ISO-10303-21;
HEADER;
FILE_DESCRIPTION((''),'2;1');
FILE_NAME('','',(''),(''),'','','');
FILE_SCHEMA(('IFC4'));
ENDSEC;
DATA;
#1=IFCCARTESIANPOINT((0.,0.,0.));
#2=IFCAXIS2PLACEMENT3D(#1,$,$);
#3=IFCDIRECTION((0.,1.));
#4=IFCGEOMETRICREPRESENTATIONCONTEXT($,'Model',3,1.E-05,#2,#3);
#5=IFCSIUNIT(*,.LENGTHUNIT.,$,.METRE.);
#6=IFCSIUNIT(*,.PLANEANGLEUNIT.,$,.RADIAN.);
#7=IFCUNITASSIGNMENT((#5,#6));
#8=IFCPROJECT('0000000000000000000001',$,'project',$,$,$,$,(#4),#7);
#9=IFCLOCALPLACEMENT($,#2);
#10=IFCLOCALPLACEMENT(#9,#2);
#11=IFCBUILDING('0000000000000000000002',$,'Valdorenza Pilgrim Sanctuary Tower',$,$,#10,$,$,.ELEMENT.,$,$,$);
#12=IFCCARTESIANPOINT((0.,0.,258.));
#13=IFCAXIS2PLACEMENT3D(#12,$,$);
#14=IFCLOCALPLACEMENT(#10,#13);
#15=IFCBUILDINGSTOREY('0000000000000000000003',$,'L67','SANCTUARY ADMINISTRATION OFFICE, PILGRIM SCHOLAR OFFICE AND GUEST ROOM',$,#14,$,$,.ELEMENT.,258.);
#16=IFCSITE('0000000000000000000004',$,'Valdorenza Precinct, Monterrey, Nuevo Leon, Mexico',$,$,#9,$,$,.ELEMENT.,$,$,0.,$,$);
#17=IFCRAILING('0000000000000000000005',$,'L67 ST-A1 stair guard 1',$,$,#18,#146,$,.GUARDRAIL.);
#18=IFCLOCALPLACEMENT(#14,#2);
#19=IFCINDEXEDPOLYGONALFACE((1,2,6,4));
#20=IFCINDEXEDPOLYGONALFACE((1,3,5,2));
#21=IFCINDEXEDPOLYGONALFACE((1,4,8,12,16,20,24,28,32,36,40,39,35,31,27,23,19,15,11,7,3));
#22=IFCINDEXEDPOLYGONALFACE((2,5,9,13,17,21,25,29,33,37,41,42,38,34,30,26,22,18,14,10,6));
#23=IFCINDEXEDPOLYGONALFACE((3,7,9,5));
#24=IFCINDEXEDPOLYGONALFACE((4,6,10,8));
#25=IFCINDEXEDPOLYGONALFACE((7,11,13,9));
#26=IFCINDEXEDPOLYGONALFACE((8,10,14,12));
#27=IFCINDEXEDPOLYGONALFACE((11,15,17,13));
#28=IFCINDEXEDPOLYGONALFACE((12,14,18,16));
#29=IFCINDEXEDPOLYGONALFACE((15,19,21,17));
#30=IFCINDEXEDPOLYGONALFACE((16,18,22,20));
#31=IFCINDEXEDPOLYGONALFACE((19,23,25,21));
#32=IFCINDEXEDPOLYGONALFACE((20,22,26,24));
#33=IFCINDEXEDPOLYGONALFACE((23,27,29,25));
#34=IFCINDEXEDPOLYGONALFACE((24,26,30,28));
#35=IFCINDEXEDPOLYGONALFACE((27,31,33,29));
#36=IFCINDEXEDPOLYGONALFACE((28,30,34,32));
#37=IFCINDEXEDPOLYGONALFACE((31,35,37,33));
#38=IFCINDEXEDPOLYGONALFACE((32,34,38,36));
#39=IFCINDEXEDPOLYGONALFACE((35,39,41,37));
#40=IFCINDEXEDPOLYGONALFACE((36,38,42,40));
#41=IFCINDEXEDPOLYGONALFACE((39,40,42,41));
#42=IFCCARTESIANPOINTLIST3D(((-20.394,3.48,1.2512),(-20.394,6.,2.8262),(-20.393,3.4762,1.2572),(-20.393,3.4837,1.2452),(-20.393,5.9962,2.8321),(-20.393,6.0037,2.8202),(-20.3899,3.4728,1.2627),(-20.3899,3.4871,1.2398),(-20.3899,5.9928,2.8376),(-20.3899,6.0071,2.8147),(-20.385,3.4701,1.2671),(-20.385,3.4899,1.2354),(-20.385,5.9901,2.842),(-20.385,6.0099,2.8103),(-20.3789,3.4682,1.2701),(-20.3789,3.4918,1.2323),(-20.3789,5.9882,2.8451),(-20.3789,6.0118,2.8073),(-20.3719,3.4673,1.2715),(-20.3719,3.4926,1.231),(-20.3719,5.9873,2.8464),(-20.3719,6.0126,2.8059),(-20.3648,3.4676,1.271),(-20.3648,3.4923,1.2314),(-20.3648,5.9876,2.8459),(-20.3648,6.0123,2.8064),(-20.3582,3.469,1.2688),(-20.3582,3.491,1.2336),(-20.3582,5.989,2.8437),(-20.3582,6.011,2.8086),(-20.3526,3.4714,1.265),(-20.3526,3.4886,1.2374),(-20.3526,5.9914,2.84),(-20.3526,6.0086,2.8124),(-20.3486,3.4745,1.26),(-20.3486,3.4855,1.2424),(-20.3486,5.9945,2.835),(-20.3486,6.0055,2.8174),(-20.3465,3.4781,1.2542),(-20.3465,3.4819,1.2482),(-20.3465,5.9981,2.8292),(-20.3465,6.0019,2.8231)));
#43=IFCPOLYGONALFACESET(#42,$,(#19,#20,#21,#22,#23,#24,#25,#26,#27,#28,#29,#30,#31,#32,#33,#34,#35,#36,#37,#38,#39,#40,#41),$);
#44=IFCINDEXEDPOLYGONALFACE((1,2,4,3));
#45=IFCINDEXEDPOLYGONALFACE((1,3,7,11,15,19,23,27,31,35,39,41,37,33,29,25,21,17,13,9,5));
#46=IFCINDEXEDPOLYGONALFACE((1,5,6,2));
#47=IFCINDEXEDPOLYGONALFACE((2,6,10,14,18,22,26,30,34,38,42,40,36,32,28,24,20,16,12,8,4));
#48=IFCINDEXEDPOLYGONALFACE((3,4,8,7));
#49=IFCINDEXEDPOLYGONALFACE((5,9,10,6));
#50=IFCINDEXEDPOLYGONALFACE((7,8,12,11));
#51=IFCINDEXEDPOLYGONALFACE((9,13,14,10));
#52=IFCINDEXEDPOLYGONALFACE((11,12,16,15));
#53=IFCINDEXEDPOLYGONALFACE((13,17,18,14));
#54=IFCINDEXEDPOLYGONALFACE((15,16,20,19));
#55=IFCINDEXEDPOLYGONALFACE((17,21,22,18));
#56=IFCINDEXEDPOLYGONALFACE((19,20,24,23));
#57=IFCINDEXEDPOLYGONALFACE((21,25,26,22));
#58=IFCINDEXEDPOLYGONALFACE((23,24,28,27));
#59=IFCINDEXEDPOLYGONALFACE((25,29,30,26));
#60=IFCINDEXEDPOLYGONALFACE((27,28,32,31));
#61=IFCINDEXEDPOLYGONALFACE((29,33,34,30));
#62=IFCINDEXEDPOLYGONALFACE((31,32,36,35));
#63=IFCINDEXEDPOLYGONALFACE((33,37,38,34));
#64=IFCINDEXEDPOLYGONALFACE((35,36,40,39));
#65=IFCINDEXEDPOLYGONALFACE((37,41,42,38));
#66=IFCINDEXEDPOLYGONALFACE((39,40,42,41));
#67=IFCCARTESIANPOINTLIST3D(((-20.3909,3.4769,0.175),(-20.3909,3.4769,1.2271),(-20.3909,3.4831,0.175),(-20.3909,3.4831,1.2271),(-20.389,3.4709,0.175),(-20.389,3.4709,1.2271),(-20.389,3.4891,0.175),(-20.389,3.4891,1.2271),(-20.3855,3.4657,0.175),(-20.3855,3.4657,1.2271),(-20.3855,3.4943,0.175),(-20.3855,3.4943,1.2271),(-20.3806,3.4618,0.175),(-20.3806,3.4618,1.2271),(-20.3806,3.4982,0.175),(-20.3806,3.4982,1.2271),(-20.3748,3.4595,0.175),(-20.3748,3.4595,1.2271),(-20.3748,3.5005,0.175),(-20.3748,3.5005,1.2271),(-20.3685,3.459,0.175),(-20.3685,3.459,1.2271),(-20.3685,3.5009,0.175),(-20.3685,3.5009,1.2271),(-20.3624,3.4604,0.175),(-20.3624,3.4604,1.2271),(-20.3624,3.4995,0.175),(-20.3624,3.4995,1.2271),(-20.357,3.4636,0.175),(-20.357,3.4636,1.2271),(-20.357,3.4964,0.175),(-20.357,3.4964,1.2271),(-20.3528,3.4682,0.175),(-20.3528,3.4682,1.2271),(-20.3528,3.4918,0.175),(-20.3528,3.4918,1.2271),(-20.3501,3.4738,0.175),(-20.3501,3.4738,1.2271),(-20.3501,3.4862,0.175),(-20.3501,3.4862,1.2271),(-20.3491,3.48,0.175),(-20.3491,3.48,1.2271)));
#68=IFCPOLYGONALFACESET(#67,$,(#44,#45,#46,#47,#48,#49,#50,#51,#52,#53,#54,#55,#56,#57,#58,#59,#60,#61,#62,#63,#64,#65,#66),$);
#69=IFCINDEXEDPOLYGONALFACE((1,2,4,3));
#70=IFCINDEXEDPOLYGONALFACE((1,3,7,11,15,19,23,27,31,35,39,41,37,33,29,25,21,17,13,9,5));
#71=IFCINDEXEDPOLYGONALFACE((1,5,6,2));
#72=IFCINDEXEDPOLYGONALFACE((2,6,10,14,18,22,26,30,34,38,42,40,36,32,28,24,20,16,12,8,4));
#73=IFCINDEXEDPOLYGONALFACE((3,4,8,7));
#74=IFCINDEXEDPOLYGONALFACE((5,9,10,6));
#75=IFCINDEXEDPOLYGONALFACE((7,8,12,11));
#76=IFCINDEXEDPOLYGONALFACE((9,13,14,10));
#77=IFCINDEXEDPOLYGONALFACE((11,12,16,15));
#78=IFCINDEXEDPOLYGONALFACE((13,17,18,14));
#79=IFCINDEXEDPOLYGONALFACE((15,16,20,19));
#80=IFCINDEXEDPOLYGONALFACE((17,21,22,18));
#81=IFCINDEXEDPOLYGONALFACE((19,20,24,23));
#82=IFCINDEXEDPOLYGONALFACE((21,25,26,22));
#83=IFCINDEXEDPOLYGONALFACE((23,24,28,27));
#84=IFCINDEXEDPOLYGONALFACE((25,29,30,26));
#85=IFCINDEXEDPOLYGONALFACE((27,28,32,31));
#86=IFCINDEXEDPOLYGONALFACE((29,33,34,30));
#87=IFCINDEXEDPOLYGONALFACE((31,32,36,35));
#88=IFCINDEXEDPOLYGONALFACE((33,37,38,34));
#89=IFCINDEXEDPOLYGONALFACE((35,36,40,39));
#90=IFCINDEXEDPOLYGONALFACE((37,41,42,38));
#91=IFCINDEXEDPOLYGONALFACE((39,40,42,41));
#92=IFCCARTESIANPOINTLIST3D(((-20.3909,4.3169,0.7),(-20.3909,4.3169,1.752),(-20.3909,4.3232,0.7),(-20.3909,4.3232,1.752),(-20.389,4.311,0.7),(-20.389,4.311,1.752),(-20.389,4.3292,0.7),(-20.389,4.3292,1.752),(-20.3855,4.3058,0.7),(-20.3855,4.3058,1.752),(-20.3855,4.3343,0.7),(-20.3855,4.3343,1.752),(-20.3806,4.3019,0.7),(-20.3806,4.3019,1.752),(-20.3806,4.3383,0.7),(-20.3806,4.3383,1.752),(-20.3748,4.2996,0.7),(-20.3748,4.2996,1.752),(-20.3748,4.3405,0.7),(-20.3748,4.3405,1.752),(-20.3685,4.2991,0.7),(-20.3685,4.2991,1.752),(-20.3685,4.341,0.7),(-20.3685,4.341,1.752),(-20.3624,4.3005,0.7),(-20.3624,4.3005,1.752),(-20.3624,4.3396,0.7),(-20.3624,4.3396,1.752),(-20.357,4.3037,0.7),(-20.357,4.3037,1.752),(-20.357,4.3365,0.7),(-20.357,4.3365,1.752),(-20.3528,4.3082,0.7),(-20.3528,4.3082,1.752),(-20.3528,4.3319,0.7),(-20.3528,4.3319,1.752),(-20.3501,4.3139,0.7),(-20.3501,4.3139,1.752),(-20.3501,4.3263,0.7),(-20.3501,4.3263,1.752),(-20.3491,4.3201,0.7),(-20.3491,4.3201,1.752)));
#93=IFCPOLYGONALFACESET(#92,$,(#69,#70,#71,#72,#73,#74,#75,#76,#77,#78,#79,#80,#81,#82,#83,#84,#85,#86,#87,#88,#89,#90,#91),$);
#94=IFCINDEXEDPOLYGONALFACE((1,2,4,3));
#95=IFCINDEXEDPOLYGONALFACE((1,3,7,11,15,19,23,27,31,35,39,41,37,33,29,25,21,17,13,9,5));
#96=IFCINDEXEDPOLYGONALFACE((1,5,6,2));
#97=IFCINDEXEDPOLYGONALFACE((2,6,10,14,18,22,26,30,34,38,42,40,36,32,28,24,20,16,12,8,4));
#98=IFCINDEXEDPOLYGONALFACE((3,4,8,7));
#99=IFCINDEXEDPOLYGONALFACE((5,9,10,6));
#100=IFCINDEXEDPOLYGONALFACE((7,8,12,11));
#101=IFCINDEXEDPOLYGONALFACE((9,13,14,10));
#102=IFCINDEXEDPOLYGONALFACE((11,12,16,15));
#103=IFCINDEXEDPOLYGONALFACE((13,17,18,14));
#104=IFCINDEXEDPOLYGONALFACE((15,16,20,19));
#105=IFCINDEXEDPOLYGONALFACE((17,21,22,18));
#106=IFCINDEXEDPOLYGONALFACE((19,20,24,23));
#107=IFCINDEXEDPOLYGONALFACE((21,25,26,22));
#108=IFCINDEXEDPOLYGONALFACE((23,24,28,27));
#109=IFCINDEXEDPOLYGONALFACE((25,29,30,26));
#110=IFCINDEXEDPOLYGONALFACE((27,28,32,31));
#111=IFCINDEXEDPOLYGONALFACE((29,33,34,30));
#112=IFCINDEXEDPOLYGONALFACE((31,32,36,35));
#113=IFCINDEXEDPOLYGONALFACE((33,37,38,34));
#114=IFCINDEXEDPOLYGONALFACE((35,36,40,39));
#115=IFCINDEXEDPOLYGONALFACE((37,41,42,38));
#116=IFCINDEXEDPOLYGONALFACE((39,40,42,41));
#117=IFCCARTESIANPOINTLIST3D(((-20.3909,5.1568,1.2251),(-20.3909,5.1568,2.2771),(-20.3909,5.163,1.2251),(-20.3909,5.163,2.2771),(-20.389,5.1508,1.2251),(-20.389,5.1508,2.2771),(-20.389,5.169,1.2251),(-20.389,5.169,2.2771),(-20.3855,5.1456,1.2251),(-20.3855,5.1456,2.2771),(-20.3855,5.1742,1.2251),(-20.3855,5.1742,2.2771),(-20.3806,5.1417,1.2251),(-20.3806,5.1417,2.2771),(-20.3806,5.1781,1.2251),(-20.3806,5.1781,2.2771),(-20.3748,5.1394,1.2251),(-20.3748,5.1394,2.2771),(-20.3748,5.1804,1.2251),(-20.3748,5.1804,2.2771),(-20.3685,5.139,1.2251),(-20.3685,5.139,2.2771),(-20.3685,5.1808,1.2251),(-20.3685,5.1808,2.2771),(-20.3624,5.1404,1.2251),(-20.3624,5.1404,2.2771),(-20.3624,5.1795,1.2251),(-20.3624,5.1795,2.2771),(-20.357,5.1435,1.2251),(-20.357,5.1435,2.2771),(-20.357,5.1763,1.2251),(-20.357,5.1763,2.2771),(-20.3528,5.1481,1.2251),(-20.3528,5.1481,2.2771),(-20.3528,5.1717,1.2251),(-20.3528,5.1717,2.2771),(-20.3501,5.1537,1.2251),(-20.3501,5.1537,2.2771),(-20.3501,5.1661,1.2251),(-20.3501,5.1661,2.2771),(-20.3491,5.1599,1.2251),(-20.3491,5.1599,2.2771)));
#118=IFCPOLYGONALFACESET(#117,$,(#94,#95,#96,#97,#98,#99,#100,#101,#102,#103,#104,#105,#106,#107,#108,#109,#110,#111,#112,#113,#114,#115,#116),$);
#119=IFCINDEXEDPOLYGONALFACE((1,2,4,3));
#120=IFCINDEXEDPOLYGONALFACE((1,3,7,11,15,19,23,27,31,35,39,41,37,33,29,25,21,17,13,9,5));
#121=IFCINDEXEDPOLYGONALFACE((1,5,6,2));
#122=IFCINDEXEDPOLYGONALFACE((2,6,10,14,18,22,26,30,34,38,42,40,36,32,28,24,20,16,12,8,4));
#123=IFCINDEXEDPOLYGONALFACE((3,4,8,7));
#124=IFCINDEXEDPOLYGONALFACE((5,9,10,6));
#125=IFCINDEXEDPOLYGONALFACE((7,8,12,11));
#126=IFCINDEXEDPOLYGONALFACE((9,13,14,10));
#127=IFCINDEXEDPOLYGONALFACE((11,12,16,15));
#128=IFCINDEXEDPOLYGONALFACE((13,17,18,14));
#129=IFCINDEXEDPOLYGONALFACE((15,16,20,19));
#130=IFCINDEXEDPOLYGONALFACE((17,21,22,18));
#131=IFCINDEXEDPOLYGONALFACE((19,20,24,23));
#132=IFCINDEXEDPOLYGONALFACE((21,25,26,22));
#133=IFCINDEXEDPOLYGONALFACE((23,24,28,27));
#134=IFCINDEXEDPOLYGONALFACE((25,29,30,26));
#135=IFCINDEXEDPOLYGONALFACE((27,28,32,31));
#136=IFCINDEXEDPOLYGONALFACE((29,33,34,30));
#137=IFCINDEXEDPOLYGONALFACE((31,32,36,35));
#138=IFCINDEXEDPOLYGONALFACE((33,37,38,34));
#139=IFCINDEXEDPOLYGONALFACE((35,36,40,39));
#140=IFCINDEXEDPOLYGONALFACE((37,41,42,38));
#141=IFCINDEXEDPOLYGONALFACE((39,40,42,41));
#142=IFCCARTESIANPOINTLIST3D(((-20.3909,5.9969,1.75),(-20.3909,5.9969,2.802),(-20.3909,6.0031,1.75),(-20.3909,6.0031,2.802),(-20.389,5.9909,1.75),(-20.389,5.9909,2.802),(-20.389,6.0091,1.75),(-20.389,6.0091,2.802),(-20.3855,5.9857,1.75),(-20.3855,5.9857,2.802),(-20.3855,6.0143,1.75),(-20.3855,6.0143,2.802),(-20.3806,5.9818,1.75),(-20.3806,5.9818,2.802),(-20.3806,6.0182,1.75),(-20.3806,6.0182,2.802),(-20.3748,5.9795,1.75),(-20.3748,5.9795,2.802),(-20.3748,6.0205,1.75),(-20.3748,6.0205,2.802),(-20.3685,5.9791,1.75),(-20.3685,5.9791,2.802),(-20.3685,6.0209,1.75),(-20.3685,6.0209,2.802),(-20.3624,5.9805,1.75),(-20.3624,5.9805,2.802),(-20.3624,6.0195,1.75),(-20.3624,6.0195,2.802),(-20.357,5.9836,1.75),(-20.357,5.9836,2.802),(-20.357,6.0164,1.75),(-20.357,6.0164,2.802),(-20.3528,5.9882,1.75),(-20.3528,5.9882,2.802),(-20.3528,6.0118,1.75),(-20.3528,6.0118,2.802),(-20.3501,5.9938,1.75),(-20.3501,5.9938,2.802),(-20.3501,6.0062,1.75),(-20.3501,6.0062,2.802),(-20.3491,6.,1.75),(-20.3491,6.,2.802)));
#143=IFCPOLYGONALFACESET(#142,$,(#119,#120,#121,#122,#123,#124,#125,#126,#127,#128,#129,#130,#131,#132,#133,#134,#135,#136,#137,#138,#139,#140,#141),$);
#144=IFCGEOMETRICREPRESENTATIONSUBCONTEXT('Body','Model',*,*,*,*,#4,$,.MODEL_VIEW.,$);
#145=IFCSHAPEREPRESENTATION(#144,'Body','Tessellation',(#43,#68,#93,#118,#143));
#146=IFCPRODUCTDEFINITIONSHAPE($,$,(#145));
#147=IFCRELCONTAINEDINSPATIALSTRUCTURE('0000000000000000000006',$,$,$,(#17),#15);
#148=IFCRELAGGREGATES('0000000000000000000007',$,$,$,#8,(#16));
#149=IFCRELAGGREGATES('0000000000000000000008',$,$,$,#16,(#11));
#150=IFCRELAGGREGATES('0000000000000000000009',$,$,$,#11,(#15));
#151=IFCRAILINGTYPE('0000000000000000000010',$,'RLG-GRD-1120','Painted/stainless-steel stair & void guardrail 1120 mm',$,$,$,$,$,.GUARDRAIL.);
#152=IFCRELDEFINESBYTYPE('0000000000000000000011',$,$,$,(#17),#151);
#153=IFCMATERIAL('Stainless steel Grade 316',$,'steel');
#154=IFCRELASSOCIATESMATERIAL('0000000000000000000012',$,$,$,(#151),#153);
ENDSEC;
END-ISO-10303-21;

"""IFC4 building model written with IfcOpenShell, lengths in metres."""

from ifc_helpers import new_model, si_unit, direction, frame, origin, origin_2d, place, context, subcontext, project, spatial, circle, extrude, material, type_object, element, save


model = new_model("IFC4")

# Units and contexts
model_context = context("Model", 3, precision=1e-05, world=origin(), true_north=direction((0.0, 1.0)))
body_context = subcontext(model_context, "Body", "Model", "MODEL_VIEW")
ifc_project = project(units=[si_unit("LENGTHUNIT", "METRE"), si_unit("PLANEANGLEUNIT", "RADIAN")], contexts=[model_context])

# Site, building, storey
site_placement = place(None, origin())
site = spatial("IfcSite", under=ifc_project, at=site_placement, Name="Valdorenza Precinct, Monterrey, Nuevo Leon, Mexico", CompositionType="ELEMENT", RefElevation=0.0)
building_placement = place(site_placement, origin())
building = spatial("IfcBuilding", under=site, at=building_placement, Name="Valdorenza Pilgrim Sanctuary Tower", CompositionType="ELEMENT")
storey_placement = place(building_placement, frame((0.0, 0.0, 258.0)))
storey = spatial("IfcBuildingStorey", under=building, at=storey_placement, Name="L67", Description="SANCTUARY ADMINISTRATION OFFICE, PILGRIM SCHOLAR OFFICE AND GUEST ROOM", CompositionType="ELEMENT", Elevation=258.0)

# Railing
ifc_material_1 = material(Name="Stainless steel Grade 316", Category="steel")
railing_type_1 = type_object("IfcRailingType", Name="RLG-GRD-1120", Description="Painted/stainless-steel stair & void guardrail 1120 mm", PredefinedType="GUARDRAIL", material=ifc_material_1)
railing_1_placement = place(storey_placement, frame((-20.3701, 3.48, 0.175)))
element("IfcRailing", 1, at=railing_1_placement, inside=storey, type_object=railing_type_1, Name="L67 ST-A1 stair guard 1", PredefinedType="GUARDRAIL", context=body_context, shape_type="SweptSolid", body=[
    extrude(circle(Radius=0.0239, at=origin_2d()), frame((0.0, 0.0, 1.0762), z_axis=(0.0, 0.848008, 0.529984), x_axis=(-1.0, 0.0, 0.0)), (0.0, 0.0, 1.0), 2.9717),
    extrude(circle(Radius=0.021, at=origin_2d()), origin(), (0.0, 0.0, 1.0), 1.052),
    extrude(circle(Radius=0.021, at=origin_2d()), frame((0.0, 0.8401, 0.5249)), (0.0, 0.0, 1.0), 1.052),
    extrude(circle(Radius=0.021, at=origin_2d()), frame((0.0, 1.6799, 1.05)), (0.0, 0.0, 1.0), 1.052),
    extrude(circle(Radius=0.021, at=origin_2d()), frame((0.0, 2.52, 1.575)), (0.0, 0.0, 1.0), 1.052),
])

save(model, "model.ifc")
